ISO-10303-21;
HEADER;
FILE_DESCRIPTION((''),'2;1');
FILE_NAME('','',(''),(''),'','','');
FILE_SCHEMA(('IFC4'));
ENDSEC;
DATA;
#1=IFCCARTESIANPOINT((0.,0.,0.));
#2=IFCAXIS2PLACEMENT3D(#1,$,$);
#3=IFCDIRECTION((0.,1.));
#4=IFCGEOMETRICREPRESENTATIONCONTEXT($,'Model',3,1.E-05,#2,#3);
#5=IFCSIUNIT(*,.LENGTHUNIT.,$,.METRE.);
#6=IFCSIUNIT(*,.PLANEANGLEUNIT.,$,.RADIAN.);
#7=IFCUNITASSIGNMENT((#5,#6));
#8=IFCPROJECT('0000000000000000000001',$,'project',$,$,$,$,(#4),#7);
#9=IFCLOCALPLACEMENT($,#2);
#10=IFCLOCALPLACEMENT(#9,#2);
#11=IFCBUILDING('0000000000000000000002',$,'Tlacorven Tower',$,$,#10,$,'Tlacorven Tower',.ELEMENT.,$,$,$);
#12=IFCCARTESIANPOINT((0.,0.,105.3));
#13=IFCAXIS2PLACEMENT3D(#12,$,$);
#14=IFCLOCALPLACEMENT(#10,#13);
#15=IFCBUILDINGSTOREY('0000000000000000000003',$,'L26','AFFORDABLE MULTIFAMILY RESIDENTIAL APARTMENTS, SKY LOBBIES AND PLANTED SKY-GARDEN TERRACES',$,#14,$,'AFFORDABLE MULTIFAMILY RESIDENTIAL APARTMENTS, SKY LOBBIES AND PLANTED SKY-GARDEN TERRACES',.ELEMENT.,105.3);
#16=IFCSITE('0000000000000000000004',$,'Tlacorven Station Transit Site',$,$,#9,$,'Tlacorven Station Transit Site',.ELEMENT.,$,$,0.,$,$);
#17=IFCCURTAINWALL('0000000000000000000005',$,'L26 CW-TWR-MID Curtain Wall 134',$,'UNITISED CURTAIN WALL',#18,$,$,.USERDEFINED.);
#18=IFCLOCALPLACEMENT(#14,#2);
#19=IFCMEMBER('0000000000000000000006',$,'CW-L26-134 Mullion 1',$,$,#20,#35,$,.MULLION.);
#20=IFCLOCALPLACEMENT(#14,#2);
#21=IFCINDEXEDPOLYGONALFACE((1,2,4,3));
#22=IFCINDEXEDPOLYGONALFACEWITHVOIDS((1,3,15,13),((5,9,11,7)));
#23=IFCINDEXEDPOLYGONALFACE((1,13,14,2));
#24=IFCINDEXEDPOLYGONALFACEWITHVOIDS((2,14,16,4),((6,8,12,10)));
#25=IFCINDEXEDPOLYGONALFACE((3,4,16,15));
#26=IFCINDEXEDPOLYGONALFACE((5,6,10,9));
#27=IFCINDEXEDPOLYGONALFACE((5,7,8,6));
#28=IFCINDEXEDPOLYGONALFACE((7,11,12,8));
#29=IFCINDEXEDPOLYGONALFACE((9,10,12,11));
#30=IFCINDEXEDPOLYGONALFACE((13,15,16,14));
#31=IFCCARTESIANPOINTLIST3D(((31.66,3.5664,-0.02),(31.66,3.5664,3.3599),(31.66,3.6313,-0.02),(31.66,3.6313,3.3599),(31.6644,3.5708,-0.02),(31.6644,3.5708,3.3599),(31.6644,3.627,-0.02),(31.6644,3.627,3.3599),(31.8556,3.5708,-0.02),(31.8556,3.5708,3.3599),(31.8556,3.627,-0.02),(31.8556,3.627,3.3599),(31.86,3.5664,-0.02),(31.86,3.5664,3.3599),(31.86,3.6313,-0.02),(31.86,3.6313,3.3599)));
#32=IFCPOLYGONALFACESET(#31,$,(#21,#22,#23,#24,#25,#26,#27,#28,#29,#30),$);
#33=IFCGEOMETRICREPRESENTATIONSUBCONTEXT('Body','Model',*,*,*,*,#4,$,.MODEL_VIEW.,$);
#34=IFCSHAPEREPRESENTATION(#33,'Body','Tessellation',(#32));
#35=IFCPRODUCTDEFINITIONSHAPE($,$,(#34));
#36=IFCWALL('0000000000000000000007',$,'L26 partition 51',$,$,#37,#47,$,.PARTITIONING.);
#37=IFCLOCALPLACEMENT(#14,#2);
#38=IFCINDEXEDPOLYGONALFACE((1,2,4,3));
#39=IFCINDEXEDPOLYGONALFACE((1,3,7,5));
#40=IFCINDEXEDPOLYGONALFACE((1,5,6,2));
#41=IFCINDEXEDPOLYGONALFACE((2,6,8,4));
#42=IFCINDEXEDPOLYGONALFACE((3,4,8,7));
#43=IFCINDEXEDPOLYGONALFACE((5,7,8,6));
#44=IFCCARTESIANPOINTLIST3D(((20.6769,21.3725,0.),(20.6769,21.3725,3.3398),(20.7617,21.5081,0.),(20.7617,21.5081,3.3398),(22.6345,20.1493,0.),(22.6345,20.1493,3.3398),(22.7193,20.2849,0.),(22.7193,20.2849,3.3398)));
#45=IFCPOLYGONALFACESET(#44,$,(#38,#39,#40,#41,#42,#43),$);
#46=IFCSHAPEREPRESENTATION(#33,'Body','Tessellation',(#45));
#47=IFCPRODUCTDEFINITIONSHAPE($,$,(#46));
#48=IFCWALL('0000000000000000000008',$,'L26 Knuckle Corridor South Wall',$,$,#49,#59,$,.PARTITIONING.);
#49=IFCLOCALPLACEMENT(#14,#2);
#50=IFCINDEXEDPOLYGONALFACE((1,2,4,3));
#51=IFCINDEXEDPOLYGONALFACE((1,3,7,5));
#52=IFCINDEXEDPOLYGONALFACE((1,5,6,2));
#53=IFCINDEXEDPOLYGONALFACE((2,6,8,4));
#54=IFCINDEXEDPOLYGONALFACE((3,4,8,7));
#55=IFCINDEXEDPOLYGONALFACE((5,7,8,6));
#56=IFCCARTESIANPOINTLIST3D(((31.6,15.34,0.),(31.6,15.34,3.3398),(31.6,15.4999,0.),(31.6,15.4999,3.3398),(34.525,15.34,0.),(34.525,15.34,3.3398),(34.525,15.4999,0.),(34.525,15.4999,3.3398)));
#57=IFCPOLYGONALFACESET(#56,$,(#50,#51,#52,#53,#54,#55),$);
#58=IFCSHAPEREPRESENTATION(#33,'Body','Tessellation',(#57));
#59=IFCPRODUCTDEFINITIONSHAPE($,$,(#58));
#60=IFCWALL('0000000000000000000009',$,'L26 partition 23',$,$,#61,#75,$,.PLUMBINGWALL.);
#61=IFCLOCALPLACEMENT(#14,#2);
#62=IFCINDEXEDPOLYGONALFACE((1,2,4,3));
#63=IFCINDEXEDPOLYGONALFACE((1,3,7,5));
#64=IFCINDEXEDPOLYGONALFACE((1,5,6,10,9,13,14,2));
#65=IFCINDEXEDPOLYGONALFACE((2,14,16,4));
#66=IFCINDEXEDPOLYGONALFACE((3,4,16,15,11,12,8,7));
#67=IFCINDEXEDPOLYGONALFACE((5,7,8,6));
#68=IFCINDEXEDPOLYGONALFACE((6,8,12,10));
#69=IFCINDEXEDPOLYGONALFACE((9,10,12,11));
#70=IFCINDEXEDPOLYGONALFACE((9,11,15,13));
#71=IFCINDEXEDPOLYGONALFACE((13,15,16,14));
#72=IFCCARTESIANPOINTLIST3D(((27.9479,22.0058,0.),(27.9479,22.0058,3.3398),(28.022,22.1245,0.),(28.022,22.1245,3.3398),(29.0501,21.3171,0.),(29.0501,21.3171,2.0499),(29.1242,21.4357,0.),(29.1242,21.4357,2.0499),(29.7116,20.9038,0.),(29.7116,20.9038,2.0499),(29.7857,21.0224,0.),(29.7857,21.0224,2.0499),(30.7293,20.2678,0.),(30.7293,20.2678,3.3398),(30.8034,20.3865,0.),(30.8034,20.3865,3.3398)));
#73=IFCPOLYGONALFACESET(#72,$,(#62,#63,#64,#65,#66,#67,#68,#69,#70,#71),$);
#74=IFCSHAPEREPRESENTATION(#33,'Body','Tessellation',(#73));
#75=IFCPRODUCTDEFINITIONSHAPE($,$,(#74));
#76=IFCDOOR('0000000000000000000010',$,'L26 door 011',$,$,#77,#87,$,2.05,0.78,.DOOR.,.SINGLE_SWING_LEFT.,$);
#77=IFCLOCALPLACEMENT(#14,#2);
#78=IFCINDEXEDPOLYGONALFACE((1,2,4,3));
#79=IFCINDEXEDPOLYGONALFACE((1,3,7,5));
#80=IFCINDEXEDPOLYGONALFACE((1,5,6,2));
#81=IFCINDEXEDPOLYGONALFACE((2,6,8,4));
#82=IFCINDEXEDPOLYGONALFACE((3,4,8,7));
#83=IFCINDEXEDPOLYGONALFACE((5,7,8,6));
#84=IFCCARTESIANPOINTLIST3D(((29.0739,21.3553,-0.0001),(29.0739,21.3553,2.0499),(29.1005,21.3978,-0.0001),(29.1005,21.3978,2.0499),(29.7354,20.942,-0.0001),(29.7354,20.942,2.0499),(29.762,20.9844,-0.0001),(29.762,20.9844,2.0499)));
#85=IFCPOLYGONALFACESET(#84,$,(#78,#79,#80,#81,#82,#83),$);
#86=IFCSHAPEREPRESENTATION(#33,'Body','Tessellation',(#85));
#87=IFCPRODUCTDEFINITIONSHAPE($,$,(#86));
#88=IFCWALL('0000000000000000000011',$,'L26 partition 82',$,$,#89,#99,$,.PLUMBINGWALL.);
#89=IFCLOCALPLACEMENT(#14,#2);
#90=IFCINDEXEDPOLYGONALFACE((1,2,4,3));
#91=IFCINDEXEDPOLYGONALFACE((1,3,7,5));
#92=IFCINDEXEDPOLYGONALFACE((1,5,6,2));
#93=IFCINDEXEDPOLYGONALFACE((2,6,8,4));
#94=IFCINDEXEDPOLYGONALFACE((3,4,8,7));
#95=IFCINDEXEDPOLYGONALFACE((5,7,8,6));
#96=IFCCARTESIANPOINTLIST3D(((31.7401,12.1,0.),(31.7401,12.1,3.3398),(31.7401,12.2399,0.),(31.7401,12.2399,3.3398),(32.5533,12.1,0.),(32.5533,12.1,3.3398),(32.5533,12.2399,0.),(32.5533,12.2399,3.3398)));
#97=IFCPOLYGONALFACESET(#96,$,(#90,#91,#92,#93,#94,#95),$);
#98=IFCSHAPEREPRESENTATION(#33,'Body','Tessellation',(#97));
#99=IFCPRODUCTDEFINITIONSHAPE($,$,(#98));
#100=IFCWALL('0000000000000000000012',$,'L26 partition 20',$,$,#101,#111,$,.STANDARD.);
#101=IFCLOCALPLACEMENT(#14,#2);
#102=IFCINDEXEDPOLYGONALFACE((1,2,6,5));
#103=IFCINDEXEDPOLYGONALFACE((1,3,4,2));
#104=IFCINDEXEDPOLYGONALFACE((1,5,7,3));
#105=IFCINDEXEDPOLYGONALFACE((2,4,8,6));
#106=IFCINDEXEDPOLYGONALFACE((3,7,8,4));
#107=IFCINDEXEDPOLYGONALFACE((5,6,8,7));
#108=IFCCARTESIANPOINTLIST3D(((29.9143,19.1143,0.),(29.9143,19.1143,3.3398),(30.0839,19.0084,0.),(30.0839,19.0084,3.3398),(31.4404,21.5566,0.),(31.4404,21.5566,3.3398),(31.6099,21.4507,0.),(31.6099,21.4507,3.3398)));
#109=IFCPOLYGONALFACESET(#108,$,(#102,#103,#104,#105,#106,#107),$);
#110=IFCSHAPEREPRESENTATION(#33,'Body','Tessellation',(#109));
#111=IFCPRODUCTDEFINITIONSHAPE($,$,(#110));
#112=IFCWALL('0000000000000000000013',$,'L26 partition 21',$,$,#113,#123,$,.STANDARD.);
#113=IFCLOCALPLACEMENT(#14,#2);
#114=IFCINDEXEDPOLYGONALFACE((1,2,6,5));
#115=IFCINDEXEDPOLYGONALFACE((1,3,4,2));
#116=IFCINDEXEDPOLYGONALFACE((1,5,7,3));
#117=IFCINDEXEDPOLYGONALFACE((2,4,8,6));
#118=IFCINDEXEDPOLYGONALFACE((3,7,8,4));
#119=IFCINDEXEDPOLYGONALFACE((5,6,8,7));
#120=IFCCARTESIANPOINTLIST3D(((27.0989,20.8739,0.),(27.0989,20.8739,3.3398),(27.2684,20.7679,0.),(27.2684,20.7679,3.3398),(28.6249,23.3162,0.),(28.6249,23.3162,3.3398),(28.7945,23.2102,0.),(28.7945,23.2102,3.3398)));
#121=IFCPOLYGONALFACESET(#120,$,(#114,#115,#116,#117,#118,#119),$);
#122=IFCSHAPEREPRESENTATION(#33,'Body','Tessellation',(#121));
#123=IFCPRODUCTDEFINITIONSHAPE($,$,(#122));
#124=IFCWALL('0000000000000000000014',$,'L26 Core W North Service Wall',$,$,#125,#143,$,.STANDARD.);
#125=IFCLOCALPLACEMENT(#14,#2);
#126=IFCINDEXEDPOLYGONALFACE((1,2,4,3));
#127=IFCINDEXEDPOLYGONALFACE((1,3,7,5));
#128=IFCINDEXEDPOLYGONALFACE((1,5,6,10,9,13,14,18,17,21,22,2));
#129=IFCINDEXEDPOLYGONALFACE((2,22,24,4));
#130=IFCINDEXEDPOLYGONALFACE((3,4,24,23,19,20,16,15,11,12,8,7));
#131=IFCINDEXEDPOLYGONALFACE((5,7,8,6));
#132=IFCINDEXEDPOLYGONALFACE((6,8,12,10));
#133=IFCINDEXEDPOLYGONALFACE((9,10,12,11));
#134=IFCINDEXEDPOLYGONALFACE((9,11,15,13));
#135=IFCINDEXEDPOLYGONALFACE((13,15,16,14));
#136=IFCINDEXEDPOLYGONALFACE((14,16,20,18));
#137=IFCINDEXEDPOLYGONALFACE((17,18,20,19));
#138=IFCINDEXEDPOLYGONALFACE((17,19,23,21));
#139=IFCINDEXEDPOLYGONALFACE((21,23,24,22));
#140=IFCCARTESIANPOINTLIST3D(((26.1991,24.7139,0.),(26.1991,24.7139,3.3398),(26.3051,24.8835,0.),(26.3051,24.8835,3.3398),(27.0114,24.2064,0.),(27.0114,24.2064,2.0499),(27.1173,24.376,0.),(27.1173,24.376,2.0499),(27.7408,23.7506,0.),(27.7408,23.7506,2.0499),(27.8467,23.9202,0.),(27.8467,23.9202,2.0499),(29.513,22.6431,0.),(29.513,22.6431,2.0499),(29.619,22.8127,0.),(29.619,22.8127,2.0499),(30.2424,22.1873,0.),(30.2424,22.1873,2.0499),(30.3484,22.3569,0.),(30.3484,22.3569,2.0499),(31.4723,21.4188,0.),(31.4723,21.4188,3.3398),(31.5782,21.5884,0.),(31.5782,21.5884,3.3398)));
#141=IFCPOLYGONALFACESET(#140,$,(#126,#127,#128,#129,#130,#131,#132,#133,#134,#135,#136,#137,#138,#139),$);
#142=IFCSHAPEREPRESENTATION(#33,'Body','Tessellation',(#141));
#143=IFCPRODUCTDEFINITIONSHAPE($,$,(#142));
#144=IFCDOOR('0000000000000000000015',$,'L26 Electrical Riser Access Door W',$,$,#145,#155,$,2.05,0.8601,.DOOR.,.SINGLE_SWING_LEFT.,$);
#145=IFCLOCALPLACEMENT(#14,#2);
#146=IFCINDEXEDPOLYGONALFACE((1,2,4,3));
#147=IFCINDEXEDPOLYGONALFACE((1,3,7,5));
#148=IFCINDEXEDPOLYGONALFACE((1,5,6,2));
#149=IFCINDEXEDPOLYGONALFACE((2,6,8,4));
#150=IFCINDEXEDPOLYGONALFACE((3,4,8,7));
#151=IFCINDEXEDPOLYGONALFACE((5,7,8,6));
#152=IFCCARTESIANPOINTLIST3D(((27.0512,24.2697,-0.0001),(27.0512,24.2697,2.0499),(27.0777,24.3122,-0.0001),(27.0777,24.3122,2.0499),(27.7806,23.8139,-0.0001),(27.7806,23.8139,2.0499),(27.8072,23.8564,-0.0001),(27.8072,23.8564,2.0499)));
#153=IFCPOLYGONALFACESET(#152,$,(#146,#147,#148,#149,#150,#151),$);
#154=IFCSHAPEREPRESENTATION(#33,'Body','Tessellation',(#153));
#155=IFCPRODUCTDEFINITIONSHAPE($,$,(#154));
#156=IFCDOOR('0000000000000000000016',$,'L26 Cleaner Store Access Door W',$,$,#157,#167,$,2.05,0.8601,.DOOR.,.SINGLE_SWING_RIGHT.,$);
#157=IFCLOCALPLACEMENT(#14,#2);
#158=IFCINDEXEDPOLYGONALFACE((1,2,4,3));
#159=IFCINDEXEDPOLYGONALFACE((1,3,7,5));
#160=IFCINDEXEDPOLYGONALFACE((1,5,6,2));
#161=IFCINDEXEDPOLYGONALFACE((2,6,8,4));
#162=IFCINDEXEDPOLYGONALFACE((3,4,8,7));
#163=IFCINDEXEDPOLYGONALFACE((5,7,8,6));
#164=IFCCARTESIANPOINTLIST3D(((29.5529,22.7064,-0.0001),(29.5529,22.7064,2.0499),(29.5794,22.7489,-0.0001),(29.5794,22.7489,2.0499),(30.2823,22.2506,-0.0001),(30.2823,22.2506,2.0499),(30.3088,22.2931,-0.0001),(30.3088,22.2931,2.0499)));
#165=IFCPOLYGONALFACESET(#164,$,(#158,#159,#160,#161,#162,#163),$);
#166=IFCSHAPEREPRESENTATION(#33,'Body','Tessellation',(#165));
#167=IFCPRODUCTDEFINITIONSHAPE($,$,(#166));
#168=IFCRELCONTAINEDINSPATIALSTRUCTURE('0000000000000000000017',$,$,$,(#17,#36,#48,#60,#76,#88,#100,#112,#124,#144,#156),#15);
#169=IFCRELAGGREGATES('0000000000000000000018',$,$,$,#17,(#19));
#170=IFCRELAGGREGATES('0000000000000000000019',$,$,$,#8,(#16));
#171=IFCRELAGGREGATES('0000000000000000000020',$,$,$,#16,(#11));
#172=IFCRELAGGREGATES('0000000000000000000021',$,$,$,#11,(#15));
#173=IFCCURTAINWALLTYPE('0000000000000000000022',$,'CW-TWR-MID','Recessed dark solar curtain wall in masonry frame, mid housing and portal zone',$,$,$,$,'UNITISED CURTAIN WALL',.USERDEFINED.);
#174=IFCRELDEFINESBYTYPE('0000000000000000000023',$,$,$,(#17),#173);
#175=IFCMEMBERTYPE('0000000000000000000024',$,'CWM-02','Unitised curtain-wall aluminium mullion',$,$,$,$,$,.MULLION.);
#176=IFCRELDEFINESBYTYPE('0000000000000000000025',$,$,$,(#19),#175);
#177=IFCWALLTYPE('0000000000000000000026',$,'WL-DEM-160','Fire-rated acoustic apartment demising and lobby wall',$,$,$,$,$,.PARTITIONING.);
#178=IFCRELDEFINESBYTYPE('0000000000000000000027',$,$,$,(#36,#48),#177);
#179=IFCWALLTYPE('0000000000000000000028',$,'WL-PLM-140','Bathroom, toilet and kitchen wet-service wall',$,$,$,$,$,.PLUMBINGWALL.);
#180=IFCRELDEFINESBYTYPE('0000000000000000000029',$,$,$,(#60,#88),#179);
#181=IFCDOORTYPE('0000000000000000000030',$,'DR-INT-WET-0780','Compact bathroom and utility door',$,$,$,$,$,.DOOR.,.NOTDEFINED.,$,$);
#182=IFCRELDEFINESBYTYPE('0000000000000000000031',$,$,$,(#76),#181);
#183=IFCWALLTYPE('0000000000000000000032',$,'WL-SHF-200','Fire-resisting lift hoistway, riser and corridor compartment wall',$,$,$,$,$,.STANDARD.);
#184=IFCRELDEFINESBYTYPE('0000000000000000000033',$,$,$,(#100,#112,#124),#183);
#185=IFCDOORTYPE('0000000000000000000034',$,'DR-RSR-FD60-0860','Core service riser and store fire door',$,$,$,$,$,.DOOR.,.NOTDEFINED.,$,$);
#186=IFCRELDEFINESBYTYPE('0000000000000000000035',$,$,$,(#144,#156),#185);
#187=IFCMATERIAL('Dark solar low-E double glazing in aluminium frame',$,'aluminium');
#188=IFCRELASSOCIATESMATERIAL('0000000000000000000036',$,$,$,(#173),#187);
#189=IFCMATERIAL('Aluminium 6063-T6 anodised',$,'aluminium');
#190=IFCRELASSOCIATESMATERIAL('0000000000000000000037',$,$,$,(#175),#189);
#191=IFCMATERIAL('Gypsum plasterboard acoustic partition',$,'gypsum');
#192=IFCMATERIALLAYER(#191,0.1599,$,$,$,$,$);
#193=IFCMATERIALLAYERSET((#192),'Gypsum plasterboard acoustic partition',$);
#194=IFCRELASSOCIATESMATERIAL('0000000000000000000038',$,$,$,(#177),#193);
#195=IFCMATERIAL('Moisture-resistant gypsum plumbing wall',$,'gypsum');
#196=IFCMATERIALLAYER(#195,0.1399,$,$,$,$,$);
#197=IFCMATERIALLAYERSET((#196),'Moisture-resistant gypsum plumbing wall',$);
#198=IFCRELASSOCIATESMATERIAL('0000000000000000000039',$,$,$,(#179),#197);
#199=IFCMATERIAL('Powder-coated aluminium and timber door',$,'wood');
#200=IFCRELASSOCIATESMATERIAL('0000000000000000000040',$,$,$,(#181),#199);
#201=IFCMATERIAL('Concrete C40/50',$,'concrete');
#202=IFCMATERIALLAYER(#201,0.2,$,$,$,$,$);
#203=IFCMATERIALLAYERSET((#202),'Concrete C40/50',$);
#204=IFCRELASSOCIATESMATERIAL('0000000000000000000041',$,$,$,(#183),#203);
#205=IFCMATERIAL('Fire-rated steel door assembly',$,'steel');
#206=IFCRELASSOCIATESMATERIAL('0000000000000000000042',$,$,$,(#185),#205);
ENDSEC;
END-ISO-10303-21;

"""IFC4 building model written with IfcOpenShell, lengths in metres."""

from ifc_helpers import new_model, si_unit, direction, frame, frame_2d, origin, origin_2d, place, context, subcontext, project, spatial, rectangle, hollow_rectangle, extrude, source, transform, mapped, material, layer, layer_set, material_profile, profile_set, type_object, element, fill, aggregate, save


model = new_model("IFC4")

# Units and contexts
model_context = context("Model", 3, precision=1e-05, world=origin(), true_north=direction((0.0, 1.0)))
body_context = subcontext(model_context, "Body", "Model", "MODEL_VIEW")
ifc_project = project(units=[si_unit("LENGTHUNIT", "METRE"), si_unit("PLANEANGLEUNIT", "RADIAN")], contexts=[model_context])

# Site, building, storey
site_placement = place(None, origin())
site = spatial("IfcSite", under=ifc_project, at=site_placement, Name="Tlacorven Station Transit Site", LongName="Tlacorven Station Transit Site", CompositionType="ELEMENT", RefElevation=0.0)
building_placement = place(site_placement, origin())
building = spatial("IfcBuilding", under=site, at=building_placement, Name="Tlacorven Tower", LongName="Tlacorven Tower", CompositionType="ELEMENT")
storey_placement = place(building_placement, frame((0.0, 0.0, 105.3)))
storey = spatial("IfcBuildingStorey", under=building, at=storey_placement, Name="L26", Description="AFFORDABLE MULTIFAMILY RESIDENTIAL APARTMENTS, SKY LOBBIES AND PLANTED SKY-GARDEN TERRACES", LongName="AFFORDABLE MULTIFAMILY RESIDENTIAL APARTMENTS, SKY LOBBIES AND PLANTED SKY-GARDEN TERRACES", CompositionType="ELEMENT", Elevation=105.3)

# Curtain wall, member
ifc_material_1 = material(Name="Dark solar low-E double glazing in aluminium frame", Category="aluminium")
curtain_wall_type = type_object("IfcCurtainWallType", Name="CW-TWR-MID", Description="Recessed dark solar curtain wall in masonry frame, mid housing and portal zone", ElementType="UNITISED CURTAIN WALL", PredefinedType="USERDEFINED", material=ifc_material_1)
curtain_wall_placement = place(storey_placement, origin())
curtain_wall = element("IfcCurtainWall", 1, at=curtain_wall_placement, inside=storey, type_object=curtain_wall_type, Name="L26 CW-TWR-MID Curtain Wall 134", ObjectType="UNITISED CURTAIN WALL", PredefinedType="USERDEFINED")
ifc_material_2 = material(Name="Aluminium 6063-T6 anodised", Category="aluminium")
ifc_material_profile = material_profile(ifc_material_2, hollow_rectangle(XDim=0.0649, YDim=0.2, WallThickness=0.0044, at=origin_2d()), Name="ALU MULLION 65X200")
ifc_profile_set = profile_set([ifc_material_profile], Name="Aluminium 6063-T6 anodised")
member_type = type_object("IfcMemberType", Name="CWM-02", Description="Unitised curtain-wall aluminium mullion", PredefinedType="MULLION", material=ifc_profile_set)
shared_shape_1 = source(origin(), body_context, "Body", "SweptSolid", [
    extrude(hollow_rectangle(XDim=0.0649, YDim=0.2, WallThickness=0.0044, at=origin_2d()), origin(), (0.0, 0.0, 1.0), 3.3799),
])
member_placement = place(storey_placement, frame((31.76, 3.5989, -0.02), z_axis=(0.0, 0.0, 1.0), x_axis=(0.0, 1.0, 0.0)))
member = element("IfcMember", 2, at=member_placement, type_object=member_type, Name="CW-L26-134 Mullion 1", PredefinedType="MULLION", context=body_context, shape_type="MappedRepresentation", body=[
    mapped(shared_shape_1, transform((0.0, 0.0, 0.0), scale=1.0)),
])
aggregate(curtain_wall, [member])

# Walls
ifc_material_3 = material(Name="Gypsum plasterboard acoustic partition", Category="gypsum")
ifc_layer_1 = layer(ifc_material_3, 0.1599)
ifc_layer_set_1 = layer_set([ifc_layer_1], Name="Gypsum plasterboard acoustic partition")
wall_type_1 = type_object("IfcWallType", Name="WL-DEM-160", Description="Fire-rated acoustic apartment demising and lobby wall", PredefinedType="PARTITIONING", material=ifc_layer_set_1)
wall_1_placement = place(storey_placement, frame((22.677, 20.217, 0.0), z_axis=(0.0, 0.0, 1.0), x_axis=(-0.848058, 0.529904, 0.0)))
element("IfcWall", 3, at=wall_1_placement, inside=storey, type_object=wall_type_1, Name="L26 partition 51", PredefinedType="PARTITIONING", context=body_context, shape_type="SweptSolid", body=[
    extrude(rectangle(XDim=2.3083, YDim=0.1599, at=frame_2d((1.1543, 0.0))), origin(), (0.0, 0.0, 1.0), 3.3398),
])
wall_2_placement = place(storey_placement, frame((31.6001, 15.4199, 0.0), z_axis=(0.0, 0.0, 1.0), x_axis=(1.0, 0.0, 0.0)))
element("IfcWall", 4, at=wall_2_placement, inside=storey, type_object=wall_type_1, Name="L26 Knuckle Corridor South Wall", PredefinedType="PARTITIONING", context=body_context, shape_type="SweptSolid", body=[
    extrude(rectangle(XDim=2.925, YDim=0.1599, at=frame_2d((1.4624, 0.0))), origin(), (0.0, 0.0, 1.0), 3.3398),
])

# Wall, opening, door
ifc_material_4 = material(Name="Moisture-resistant gypsum plumbing wall", Category="gypsum")
ifc_layer_2 = layer(ifc_material_4, 0.1399)
ifc_layer_set_2 = layer_set([ifc_layer_2], Name="Moisture-resistant gypsum plumbing wall")
wall_type_2 = type_object("IfcWallType", Name="WL-PLM-140", Description="Bathroom, toilet and kitchen wet-service wall", PredefinedType="PLUMBINGWALL", material=ifc_layer_set_2)
wall_3_placement = place(storey_placement, frame((30.7664, 20.3271, 0.0), z_axis=(0.0, 0.0, 1.0), x_axis=(-0.848053, 0.529912, 0.0)))
wall_3 = element("IfcWall", 5, at=wall_3_placement, inside=storey, type_object=wall_type_2, Name="L26 partition 23", PredefinedType="PLUMBINGWALL", context=body_context, shape_type="SweptSolid", body=[
    extrude(rectangle(XDim=3.2798, YDim=0.1399, at=frame_2d((1.6399, 0.0))), origin(), (0.0, 0.0, 1.0), 3.3398),
])
opening_1_placement = place(wall_3_placement, frame((1.2, 0.0, 0.0)))
opening_1 = element("IfcOpeningElement", 6, at=opening_1_placement, cuts=wall_3, PredefinedType="OPENING", context=body_context, shape_type="SweptSolid", body=[
    extrude(rectangle(XDim=0.78, YDim=2.05, at=frame_2d((0.3901, 1.0249))), frame((0.0, 0.0801, 0.0), z_axis=(0.0, -1.0, 0.0), x_axis=(1.0, 0.0, 0.0)), (0.0, 0.0, 1.0), 0.1599),
])
ifc_material_5 = material(Name="Powder-coated aluminium and timber door", Category="wood")
door_type_1 = type_object("IfcDoorType", Name="DR-INT-WET-0780", Description="Compact bathroom and utility door", OperationType="NOTDEFINED", PredefinedType="DOOR", material=ifc_material_5)
shared_shape_2 = source(origin(), body_context, "Body", "SweptSolid", [
    extrude(rectangle(XDim=0.78, YDim=2.05, at=frame_2d((0.3901, 1.0249))), frame((0.0, 0.0249, 0.0), z_axis=(0.0, -1.0, 0.0), x_axis=(1.0, 0.0, 0.0)), (0.0, 0.0, 1.0), 0.05),
])
door_1_placement = place(opening_1_placement, origin())
door_1 = element("IfcDoor", 7, at=door_1_placement, inside=storey, type_object=door_type_1, Name="L26 door 011", OperationType="SINGLE_SWING_LEFT", OverallHeight=2.05, OverallWidth=0.78, PredefinedType="DOOR", context=body_context, shape_type="MappedRepresentation", body=[
    mapped(shared_shape_2, transform((0.0, 0.0, 0.0), scale=1.0)),
])
fill(opening_1, door_1)

# Walls
wall_4_placement = place(storey_placement, frame((31.74, 12.1699, 0.0), z_axis=(0.0, 0.0, 1.0), x_axis=(1.0, 0.0, 0.0)))
element("IfcWall", 8, at=wall_4_placement, inside=storey, type_object=wall_type_2, Name="L26 partition 82", PredefinedType="PLUMBINGWALL", context=body_context, shape_type="SweptSolid", body=[
    extrude(rectangle(XDim=0.8132, YDim=0.1399, at=frame_2d((0.4067, 0.0))), origin(), (0.0, 0.0, 1.0), 3.3398),
])
ifc_material_6 = material(Name="Concrete C40/50", Category="concrete")
ifc_layer_3 = layer(ifc_material_6, 0.2)
ifc_layer_set_3 = layer_set([ifc_layer_3], Name="Concrete C40/50")
wall_type_3 = type_object("IfcWallType", Name="WL-SHF-200", Description="Fire-resisting lift hoistway, riser and corridor compartment wall", PredefinedType="STANDARD", material=ifc_layer_set_3)
for number, where, z_axis, x_axis, name in (
    (9, (31.5251, 21.5037, 0.0), (0.0, 0.0, 1.0), (-0.529907, -0.848055, 0.0), "L26 partition 20"),
    (10, (28.7097, 23.2632, 0.0), (0.0, 0.0, 1.0), (-0.529907, -0.848055, 0.0), "L26 partition 21"),
):
    element("IfcWall", number, at=place(storey_placement, frame(where, z_axis=z_axis, x_axis=x_axis)), inside=storey, type_object=wall_type_3, Name=name, PredefinedType="STANDARD", context=body_context, shape_type="SweptSolid", body=[
        extrude(rectangle(XDim=2.8799, YDim=0.2, at=frame_2d((1.4399, 0.0))), origin(), (0.0, 0.0, 1.0), 3.3398),
    ])

# Wall, openings, doors
wall_5_placement = place(storey_placement, frame((31.5251, 21.5037, 0.0), z_axis=(0.0, 0.0, 1.0), x_axis=(-0.84804, 0.529932, 0.0)))
wall_5 = element("IfcWall", 11, at=wall_5_placement, inside=storey, type_object=wall_type_3, Name="L26 Core W North Service Wall", PredefinedType="STANDARD", context=body_context, shape_type="SweptSolid", body=[
    extrude(rectangle(XDim=6.218, YDim=0.2, at=frame_2d((3.1089, 0.0))), origin(), (0.0, 0.0, 1.0), 3.3398),
])
opening_2_placement = place(wall_5_placement, frame((4.3999, 0.0, 0.0)))
opening_2 = element("IfcOpeningElement", 12, at=opening_2_placement, cuts=wall_5, PredefinedType="OPENING", context=body_context, shape_type="SweptSolid", body=[
    extrude(rectangle(XDim=0.8601, YDim=2.05, at=frame_2d((0.4302, 1.0249))), frame((0.0, 0.1099, 0.0), z_axis=(0.0, -1.0, 0.0), x_axis=(1.0, 0.0, 0.0)), (0.0, 0.0, 1.0), 0.22),
])
opening_3_placement = place(wall_5_placement, frame((1.45, 0.0, 0.0)))
opening_3 = element("IfcOpeningElement", 13, at=opening_3_placement, cuts=wall_5, PredefinedType="OPENING", context=body_context, shape_type="SweptSolid", body=[
    extrude(rectangle(XDim=0.8601, YDim=2.05, at=frame_2d((0.4302, 1.0249))), frame((0.0, 0.1099, 0.0), z_axis=(0.0, -1.0, 0.0), x_axis=(1.0, 0.0, 0.0)), (0.0, 0.0, 1.0), 0.22),
])
ifc_material_7 = material(Name="Fire-rated steel door assembly", Category="steel")
door_type_2 = type_object("IfcDoorType", Name="DR-RSR-FD60-0860", Description="Core service riser and store fire door", OperationType="NOTDEFINED", PredefinedType="DOOR", material=ifc_material_7)
shared_shape_3 = source(origin(), body_context, "Body", "SweptSolid", [
    extrude(rectangle(XDim=0.8601, YDim=2.05, at=frame_2d((0.4302, 1.0249))), frame((0.0, 0.0249, 0.0), z_axis=(0.0, -1.0, 0.0), x_axis=(1.0, 0.0, 0.0)), (0.0, 0.0, 1.0), 0.05),
])
door_2_placement = place(opening_2_placement, frame((0.8601, 0.0, 0.0), z_axis=(0.0, 0.0, 1.0), x_axis=(-1.0, 0.0, 0.0)))
door_2 = element("IfcDoor", 14, at=door_2_placement, inside=storey, type_object=door_type_2, Name="L26 Electrical Riser Access Door W", OperationType="SINGLE_SWING_LEFT", OverallHeight=2.05, OverallWidth=0.8601, PredefinedType="DOOR", context=body_context, shape_type="MappedRepresentation", body=[
    mapped(shared_shape_3, transform((0.0, 0.0, 0.0), scale=1.0)),
])
fill(opening_2, door_2)
door_3_placement = place(opening_3_placement, frame((0.8601, 0.0, 0.0), z_axis=(0.0, 0.0, 1.0), x_axis=(-1.0, 0.0, 0.0)))
door_3 = element("IfcDoor", 15, at=door_3_placement, inside=storey, type_object=door_type_2, Name="L26 Cleaner Store Access Door W", OperationType="SINGLE_SWING_RIGHT", OverallHeight=2.05, OverallWidth=0.8601, PredefinedType="DOOR", context=body_context, shape_type="MappedRepresentation", body=[
    mapped(shared_shape_3, transform((0.0, 0.0, 0.0), scale=1.0)),
])
fill(opening_3, door_3)

save(model, "model.ifc")
